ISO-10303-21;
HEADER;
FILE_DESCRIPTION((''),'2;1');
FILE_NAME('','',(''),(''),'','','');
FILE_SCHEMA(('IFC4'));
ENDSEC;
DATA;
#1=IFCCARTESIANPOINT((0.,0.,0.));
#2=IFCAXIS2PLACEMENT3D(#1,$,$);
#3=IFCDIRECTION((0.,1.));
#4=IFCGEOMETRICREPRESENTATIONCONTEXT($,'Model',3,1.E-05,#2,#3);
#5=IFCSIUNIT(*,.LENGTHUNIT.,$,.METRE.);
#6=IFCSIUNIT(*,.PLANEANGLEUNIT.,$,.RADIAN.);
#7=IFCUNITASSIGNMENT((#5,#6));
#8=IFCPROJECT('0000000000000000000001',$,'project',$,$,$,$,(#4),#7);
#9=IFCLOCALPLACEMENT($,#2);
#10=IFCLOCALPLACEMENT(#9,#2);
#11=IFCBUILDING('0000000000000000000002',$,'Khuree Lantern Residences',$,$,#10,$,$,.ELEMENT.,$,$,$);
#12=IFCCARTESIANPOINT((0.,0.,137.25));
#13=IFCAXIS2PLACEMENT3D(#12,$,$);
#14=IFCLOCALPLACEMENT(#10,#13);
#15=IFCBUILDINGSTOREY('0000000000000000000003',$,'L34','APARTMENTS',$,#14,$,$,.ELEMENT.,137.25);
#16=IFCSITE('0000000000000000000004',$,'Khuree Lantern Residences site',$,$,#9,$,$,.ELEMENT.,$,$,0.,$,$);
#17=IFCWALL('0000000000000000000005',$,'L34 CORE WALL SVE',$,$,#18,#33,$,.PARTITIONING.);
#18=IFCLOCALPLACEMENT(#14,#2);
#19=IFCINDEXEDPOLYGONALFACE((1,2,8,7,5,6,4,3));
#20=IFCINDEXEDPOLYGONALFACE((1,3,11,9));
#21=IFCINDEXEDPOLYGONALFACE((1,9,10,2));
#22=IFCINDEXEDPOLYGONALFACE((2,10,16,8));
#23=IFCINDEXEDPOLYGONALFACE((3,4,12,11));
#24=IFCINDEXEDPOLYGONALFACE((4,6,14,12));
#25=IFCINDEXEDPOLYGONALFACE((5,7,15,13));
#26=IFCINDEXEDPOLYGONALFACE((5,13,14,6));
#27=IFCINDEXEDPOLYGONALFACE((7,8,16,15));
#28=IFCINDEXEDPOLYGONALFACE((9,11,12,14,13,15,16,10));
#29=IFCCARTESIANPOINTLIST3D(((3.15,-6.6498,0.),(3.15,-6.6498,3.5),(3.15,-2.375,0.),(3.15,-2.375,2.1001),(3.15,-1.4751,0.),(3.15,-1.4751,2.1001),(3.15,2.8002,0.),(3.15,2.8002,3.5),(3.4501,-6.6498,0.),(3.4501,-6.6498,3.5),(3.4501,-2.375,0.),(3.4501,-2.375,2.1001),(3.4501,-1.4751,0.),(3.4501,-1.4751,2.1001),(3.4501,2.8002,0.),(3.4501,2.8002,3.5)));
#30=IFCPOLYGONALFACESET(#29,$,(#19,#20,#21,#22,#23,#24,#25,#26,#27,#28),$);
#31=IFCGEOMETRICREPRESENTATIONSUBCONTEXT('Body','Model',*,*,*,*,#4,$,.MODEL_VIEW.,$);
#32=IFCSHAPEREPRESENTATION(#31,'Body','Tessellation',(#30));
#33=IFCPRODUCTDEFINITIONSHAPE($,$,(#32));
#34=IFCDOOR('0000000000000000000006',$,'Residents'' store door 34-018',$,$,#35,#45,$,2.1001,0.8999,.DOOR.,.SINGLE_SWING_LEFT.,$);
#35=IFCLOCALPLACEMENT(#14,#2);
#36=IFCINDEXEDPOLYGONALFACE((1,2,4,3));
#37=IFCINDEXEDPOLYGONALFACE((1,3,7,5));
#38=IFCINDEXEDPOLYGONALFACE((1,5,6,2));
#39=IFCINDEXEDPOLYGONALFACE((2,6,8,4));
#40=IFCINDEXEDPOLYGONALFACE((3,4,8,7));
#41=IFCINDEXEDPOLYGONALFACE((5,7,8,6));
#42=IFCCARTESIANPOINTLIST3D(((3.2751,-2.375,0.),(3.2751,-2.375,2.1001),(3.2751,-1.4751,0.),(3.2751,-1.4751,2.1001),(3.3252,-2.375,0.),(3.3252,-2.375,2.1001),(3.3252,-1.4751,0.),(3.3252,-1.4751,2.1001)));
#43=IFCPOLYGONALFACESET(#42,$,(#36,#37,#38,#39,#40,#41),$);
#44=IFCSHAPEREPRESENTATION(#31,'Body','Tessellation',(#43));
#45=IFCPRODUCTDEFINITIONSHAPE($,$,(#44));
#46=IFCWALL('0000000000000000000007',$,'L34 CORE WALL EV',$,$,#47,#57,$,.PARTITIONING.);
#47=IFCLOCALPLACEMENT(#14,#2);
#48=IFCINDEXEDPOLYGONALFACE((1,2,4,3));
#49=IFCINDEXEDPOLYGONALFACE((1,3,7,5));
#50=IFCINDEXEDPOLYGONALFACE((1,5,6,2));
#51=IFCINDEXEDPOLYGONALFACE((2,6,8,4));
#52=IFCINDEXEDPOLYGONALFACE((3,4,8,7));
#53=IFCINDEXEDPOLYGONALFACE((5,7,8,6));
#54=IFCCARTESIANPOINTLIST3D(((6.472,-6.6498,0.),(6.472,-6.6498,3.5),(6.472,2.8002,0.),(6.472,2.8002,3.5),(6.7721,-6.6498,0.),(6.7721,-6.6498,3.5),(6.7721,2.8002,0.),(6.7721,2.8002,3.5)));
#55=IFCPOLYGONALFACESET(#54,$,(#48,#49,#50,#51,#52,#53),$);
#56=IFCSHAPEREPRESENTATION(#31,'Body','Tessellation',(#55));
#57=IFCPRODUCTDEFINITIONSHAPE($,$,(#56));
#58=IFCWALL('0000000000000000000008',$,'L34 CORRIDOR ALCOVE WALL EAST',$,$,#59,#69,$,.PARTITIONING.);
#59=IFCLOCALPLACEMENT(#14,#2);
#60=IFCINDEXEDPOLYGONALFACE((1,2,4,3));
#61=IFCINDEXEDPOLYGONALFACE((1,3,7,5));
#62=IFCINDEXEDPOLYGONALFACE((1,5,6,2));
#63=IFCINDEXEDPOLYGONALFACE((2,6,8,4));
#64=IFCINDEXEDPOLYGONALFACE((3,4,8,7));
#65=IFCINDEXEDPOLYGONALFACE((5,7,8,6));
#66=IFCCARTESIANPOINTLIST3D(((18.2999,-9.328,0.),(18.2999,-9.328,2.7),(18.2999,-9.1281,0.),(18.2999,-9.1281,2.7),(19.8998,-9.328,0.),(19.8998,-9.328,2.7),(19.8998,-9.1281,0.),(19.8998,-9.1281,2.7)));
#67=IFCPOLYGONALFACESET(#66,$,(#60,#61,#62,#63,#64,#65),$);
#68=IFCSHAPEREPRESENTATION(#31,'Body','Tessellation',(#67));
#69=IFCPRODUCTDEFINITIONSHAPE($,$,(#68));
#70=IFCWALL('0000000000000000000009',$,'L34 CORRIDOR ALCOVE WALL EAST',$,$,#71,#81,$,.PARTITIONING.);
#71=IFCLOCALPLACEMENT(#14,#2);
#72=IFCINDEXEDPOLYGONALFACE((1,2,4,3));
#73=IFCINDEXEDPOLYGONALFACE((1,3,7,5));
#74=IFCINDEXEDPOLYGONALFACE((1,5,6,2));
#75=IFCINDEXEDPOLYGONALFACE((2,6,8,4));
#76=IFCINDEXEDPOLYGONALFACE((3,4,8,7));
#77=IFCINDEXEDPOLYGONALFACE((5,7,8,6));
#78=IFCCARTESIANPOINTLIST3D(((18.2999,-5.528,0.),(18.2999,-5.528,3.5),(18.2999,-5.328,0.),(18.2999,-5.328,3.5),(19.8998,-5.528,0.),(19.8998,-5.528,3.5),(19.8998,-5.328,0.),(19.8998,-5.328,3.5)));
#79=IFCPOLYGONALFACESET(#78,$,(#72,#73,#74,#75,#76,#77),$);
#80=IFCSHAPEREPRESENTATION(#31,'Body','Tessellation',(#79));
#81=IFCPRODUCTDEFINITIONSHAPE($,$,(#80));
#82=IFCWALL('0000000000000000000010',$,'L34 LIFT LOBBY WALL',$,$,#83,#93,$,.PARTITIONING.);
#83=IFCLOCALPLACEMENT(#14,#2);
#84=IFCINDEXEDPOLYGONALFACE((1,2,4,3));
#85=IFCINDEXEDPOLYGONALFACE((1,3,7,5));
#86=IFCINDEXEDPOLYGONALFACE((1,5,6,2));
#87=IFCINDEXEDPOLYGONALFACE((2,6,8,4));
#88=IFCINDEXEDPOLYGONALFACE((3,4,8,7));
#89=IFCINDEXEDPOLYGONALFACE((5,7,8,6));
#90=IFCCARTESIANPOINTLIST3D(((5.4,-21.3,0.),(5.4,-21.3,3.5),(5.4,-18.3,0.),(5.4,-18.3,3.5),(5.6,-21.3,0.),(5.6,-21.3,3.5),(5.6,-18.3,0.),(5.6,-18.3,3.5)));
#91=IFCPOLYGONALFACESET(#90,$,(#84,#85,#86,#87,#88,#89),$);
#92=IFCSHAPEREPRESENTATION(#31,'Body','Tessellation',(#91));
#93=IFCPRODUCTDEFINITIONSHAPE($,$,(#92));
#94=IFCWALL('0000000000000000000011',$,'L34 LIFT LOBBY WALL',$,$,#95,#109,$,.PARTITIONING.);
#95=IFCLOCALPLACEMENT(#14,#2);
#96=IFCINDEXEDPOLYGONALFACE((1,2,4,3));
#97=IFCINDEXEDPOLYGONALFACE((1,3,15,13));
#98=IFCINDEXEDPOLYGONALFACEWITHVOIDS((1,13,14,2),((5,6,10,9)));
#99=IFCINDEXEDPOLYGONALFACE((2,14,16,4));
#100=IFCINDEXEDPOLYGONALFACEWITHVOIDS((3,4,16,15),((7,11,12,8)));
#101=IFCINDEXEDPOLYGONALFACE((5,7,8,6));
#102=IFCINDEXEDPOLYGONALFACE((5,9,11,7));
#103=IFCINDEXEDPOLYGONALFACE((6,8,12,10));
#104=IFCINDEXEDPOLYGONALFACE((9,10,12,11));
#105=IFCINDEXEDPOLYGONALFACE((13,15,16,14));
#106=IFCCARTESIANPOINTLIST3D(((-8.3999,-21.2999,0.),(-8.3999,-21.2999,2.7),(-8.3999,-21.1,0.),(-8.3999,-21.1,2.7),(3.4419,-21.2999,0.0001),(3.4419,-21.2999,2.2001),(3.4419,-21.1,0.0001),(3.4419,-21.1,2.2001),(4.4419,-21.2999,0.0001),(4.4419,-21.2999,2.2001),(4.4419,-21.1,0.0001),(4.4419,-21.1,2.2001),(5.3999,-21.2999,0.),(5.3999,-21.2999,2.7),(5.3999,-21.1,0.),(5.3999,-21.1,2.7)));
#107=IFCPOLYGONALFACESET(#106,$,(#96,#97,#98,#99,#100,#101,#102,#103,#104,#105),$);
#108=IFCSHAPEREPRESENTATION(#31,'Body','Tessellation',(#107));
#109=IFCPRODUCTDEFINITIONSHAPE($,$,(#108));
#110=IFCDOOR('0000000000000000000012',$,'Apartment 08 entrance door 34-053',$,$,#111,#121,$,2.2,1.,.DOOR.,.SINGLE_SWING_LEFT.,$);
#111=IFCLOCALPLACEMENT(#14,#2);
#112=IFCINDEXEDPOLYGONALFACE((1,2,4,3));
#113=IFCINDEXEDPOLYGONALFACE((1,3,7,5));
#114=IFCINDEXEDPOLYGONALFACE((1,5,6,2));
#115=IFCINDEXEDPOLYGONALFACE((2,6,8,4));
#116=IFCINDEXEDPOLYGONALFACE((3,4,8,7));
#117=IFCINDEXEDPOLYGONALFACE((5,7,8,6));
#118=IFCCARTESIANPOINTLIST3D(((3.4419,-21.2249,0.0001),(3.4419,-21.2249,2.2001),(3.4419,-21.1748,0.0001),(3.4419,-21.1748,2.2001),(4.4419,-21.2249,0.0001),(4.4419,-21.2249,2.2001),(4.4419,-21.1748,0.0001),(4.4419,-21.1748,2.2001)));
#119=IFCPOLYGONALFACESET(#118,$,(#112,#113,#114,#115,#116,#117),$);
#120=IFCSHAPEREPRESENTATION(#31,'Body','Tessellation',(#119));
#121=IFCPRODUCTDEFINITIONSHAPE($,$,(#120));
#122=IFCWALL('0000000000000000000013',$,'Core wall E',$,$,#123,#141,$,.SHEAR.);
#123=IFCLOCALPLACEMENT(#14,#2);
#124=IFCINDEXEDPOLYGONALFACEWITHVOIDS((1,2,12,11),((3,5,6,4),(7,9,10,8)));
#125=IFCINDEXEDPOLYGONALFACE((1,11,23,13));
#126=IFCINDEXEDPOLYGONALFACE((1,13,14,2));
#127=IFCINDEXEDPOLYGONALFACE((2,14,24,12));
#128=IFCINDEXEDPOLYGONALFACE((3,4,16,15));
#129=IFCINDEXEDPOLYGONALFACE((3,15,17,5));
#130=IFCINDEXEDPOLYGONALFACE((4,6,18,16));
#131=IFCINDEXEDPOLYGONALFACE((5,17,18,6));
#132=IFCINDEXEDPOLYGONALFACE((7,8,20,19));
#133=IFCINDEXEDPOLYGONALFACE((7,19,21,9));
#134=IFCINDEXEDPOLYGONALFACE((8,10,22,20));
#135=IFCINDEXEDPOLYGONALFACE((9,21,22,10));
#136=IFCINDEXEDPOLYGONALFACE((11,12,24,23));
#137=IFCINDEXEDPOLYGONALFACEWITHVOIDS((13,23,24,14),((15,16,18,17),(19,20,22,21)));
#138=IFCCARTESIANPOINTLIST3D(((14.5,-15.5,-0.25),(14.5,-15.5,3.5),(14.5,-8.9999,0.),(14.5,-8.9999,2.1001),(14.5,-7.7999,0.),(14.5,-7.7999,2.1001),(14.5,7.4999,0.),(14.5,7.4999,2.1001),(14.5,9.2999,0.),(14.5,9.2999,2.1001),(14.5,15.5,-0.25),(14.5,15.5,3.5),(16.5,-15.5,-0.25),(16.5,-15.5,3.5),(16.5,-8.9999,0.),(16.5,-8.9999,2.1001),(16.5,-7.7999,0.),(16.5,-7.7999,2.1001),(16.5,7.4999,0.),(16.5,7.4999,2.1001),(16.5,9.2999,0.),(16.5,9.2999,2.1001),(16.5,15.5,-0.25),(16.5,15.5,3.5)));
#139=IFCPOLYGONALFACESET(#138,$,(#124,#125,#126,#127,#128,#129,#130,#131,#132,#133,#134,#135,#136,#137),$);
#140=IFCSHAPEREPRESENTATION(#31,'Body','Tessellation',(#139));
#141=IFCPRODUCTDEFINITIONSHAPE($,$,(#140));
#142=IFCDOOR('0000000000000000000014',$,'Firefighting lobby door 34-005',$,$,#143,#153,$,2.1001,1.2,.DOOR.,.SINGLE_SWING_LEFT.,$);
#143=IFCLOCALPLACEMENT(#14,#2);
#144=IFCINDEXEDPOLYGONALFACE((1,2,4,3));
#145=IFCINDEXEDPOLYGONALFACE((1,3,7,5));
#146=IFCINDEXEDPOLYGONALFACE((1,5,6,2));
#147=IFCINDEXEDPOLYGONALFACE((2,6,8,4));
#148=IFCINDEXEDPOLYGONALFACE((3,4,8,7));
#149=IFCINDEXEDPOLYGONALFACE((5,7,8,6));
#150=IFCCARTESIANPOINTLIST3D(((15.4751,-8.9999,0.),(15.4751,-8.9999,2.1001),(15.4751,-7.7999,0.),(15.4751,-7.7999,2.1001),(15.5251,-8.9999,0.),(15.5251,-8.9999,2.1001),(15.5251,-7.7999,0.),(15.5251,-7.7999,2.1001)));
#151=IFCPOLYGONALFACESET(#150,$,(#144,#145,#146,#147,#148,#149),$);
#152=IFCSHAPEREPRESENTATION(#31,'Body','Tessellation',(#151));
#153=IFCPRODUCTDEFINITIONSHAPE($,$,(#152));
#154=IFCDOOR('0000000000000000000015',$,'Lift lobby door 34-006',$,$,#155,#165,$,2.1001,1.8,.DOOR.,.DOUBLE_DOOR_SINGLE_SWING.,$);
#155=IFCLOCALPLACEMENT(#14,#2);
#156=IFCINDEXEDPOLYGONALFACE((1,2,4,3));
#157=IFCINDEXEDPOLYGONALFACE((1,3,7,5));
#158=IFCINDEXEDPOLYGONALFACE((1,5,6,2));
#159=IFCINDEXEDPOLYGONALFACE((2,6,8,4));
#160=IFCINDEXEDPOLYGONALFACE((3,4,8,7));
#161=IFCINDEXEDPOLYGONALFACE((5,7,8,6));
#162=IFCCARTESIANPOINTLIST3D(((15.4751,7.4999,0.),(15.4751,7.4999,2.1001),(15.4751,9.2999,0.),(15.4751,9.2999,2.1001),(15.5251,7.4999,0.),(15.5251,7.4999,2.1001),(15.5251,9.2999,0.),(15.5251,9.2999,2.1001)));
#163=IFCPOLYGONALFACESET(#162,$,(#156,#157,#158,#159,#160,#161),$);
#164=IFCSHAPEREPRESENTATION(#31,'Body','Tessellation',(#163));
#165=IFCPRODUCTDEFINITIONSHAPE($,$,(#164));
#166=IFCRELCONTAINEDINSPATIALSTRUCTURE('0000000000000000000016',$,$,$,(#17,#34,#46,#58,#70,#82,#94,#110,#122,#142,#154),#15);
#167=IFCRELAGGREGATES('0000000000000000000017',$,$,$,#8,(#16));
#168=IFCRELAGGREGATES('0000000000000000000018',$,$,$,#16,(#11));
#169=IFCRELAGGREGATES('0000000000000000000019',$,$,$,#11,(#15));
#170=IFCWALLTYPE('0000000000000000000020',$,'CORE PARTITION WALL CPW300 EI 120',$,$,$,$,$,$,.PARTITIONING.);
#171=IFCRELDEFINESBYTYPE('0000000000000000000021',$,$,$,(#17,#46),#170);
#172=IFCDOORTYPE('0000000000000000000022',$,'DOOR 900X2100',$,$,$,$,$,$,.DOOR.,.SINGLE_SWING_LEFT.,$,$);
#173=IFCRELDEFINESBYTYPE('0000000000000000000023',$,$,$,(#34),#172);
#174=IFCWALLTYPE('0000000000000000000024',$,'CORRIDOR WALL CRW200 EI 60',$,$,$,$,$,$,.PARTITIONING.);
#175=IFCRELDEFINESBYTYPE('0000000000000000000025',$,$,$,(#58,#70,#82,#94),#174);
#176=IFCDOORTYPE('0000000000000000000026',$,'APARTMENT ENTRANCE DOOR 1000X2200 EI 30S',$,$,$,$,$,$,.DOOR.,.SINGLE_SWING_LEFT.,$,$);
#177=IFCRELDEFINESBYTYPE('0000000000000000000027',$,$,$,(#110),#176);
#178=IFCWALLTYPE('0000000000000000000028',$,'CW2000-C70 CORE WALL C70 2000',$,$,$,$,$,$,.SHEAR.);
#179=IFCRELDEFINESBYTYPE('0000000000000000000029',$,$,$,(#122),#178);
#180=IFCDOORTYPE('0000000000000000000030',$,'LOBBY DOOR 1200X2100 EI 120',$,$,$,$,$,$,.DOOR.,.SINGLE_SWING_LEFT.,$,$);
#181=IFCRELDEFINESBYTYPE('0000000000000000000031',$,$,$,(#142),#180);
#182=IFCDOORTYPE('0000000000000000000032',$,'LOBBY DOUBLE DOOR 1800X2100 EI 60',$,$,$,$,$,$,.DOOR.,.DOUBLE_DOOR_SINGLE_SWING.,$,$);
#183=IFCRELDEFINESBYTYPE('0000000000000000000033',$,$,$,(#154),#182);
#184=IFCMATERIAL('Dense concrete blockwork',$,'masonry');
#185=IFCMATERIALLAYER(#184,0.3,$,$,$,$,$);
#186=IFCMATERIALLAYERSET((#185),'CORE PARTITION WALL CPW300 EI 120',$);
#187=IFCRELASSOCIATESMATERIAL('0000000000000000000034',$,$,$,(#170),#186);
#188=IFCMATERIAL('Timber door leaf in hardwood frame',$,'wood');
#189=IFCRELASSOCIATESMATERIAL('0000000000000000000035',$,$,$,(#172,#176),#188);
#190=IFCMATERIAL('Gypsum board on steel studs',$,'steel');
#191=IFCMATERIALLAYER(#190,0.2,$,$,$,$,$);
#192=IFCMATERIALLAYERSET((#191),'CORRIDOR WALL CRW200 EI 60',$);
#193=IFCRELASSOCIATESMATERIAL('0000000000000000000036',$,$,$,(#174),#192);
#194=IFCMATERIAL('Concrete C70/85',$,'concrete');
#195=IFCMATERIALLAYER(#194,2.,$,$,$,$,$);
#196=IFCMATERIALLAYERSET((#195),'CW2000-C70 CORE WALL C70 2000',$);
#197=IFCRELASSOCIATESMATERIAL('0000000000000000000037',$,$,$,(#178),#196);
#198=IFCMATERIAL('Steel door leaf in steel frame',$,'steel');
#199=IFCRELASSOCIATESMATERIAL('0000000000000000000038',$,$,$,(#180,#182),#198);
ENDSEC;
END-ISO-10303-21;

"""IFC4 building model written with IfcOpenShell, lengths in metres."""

from ifc_helpers import new_model, si_unit, direction, frame, frame_2d, origin, place, context, subcontext, project, spatial, rectangle, extrude, material, layer, layer_set, type_object, element, fill, save


model = new_model("IFC4")

# Units and contexts
model_context = context("Model", 3, precision=1e-05, world=origin(), true_north=direction((0.0, 1.0)))
body_context = subcontext(model_context, "Body", "Model", "MODEL_VIEW")
ifc_project = project(units=[si_unit("LENGTHUNIT", "METRE"), si_unit("PLANEANGLEUNIT", "RADIAN")], contexts=[model_context])

# Site, building, storey
site_placement = place(None, origin())
site = spatial("IfcSite", under=ifc_project, at=site_placement, Name="Khuree Lantern Residences site", CompositionType="ELEMENT", RefElevation=0.0)
building_placement = place(site_placement, origin())
building = spatial("IfcBuilding", under=site, at=building_placement, Name="Khuree Lantern Residences", CompositionType="ELEMENT")
storey_placement = place(building_placement, frame((0.0, 0.0, 137.25)))
storey = spatial("IfcBuildingStorey", under=building, at=storey_placement, Name="L34", Description="APARTMENTS", CompositionType="ELEMENT", Elevation=137.25)

# Shared definitions
ifc_material_1 = material(Name="Concrete C70/85", Category="concrete")

# Shared definitions
ifc_material_2 = material(Name="Timber door leaf in hardwood frame", Category="wood")

# Shared definitions
ifc_material_3 = material(Name="Dense concrete blockwork", Category="masonry")
ifc_layer_1 = layer(ifc_material_3, 0.3)
ifc_layer_set_1 = layer_set([ifc_layer_1], Name="CORE PARTITION WALL CPW300 EI 120")
wall_type_1 = type_object("IfcWallType", Name="CORE PARTITION WALL CPW300 EI 120", PredefinedType="PARTITIONING", material=ifc_layer_set_1)

# Wall, opening, door
wall_1_placement = place(storey_placement, frame((3.3, -6.6499, 0.0), z_axis=(0.0, 0.0, 1.0), x_axis=(0.0, 1.0, 0.0)))
wall_1 = element("IfcWall", 1, at=wall_1_placement, inside=storey, type_object=wall_type_1, Name="L34 CORE WALL SVE", PredefinedType="PARTITIONING", context=body_context, shape_type="SweptSolid", body=[
    extrude(rectangle(XDim=9.45, YDim=0.3, at=frame_2d((4.7251, 0.0))), origin(), (0.0, 0.0, 1.0), 3.5),
])
opening_1_placement = place(wall_1_placement, frame((4.2749, 0.0, 0.0)))
opening_1 = element("IfcOpeningElement", 2, at=opening_1_placement, cuts=wall_1, PredefinedType="OPENING", context=body_context, shape_type="SweptSolid", body=[
    extrude(rectangle(XDim=0.8999, YDim=2.1001, at=frame_2d((0.45, 1.05))), frame((0.0, 0.1602, 0.0), z_axis=(0.0, -1.0, 0.0), x_axis=(1.0, 0.0, 0.0)), (0.0, 0.0, 1.0), 0.3201),
])
door_type_1 = type_object("IfcDoorType", Name="DOOR 900X2100", OperationType="SINGLE_SWING_LEFT", PredefinedType="DOOR", material=ifc_material_2)
door_1_placement = place(opening_1_placement, origin())
door_1 = element("IfcDoor", 3, at=door_1_placement, inside=storey, type_object=door_type_1, Name="Residents' store door 34-018", OperationType="SINGLE_SWING_LEFT", OverallHeight=2.1001, OverallWidth=0.8999, PredefinedType="DOOR", context=body_context, shape_type="SweptSolid", body=[
    extrude(rectangle(XDim=0.8999, YDim=2.1001, at=frame_2d((0.45, 1.05))), frame((0.0, 0.0249, 0.0), z_axis=(0.0, -1.0, 0.0), x_axis=(1.0, 0.0, 0.0)), (0.0, 0.0, 1.0), 0.05),
])
fill(opening_1, door_1)

# Walls
wall_2_placement = place(storey_placement, frame((6.6221, -6.6499, 0.0), z_axis=(0.0, 0.0, 1.0), x_axis=(0.0, 1.0, 0.0)))
element("IfcWall", 4, at=wall_2_placement, inside=storey, type_object=wall_type_1, Name="L34 CORE WALL EV", PredefinedType="PARTITIONING", context=body_context, shape_type="SweptSolid", body=[
    extrude(rectangle(XDim=9.45, YDim=0.3, at=frame_2d((4.7251, 0.0))), origin(), (0.0, 0.0, 1.0), 3.5),
])
ifc_material_4 = material(Name="Gypsum board on steel studs", Category="steel")
ifc_layer_2 = layer(ifc_material_4, 0.2)
ifc_layer_set_2 = layer_set([ifc_layer_2], Name="CORRIDOR WALL CRW200 EI 60")
wall_type_2 = type_object("IfcWallType", Name="CORRIDOR WALL CRW200 EI 60", PredefinedType="PARTITIONING", material=ifc_layer_set_2)
wall_3_placement = place(storey_placement, frame((18.3, -9.228, 0.0), z_axis=(0.0, 0.0, 1.0), x_axis=(1.0, 0.0, 0.0)))
element("IfcWall", 5, at=wall_3_placement, inside=storey, type_object=wall_type_2, Name="L34 CORRIDOR ALCOVE WALL EAST", PredefinedType="PARTITIONING", context=body_context, shape_type="SweptSolid", body=[
    extrude(rectangle(XDim=1.5999, YDim=0.2, at=frame_2d((0.7998, 0.0))), origin(), (0.0, 0.0, 1.0), 2.7),
])
wall_4_placement = place(storey_placement, frame((18.3, -5.428, 0.0), z_axis=(0.0, 0.0, 1.0), x_axis=(1.0, 0.0, 0.0)))
element("IfcWall", 6, at=wall_4_placement, inside=storey, type_object=wall_type_2, Name="L34 CORRIDOR ALCOVE WALL EAST", PredefinedType="PARTITIONING", context=body_context, shape_type="SweptSolid", body=[
    extrude(rectangle(XDim=1.5999, YDim=0.2, at=frame_2d((0.7998, 0.0))), origin(), (0.0, 0.0, 1.0), 3.5),
])
wall_5_placement = place(storey_placement, frame((5.5, -18.3, 0.0), z_axis=(0.0, 0.0, 1.0), x_axis=(0.0, -1.0, 0.0)))
element("IfcWall", 7, at=wall_5_placement, inside=storey, type_object=wall_type_2, Name="L34 LIFT LOBBY WALL", PredefinedType="PARTITIONING", context=body_context, shape_type="SweptSolid", body=[
    extrude(rectangle(XDim=3.0, YDim=0.2, at=frame_2d((1.5, 0.0))), origin(), (0.0, 0.0, 1.0), 3.5),
])

# Wall, opening, door
wall_6_placement = place(storey_placement, frame((5.3999, -21.2, 0.0), z_axis=(0.0, 0.0, 1.0), x_axis=(-1.0, 0.0, 0.0)))
wall_6 = element("IfcWall", 8, at=wall_6_placement, inside=storey, type_object=wall_type_2, Name="L34 LIFT LOBBY WALL", PredefinedType="PARTITIONING", context=body_context, shape_type="SweptSolid", body=[
    extrude(rectangle(XDim=13.7998, YDim=0.2, at=frame_2d((6.8999, 0.0))), origin(), (0.0, 0.0, 1.0), 2.7),
])
opening_2_placement = place(wall_6_placement, frame((0.958, 0.0, 0.0)))
opening_2 = element("IfcOpeningElement", 9, at=opening_2_placement, cuts=wall_6, PredefinedType="OPENING", context=body_context, shape_type="SweptSolid", body=[
    extrude(rectangle(XDim=1.0, YDim=2.2, at=frame_2d((0.5, 1.1001))), frame((0.0, 0.1099, 0.0), z_axis=(0.0, -1.0, 0.0), x_axis=(1.0, 0.0, 0.0)), (0.0, 0.0, 1.0), 0.22),
])
door_type_2 = type_object("IfcDoorType", Name="APARTMENT ENTRANCE DOOR 1000X2200 EI 30S", OperationType="SINGLE_SWING_LEFT", PredefinedType="DOOR", material=ifc_material_2)
door_2_placement = place(opening_2_placement, origin())
door_2 = element("IfcDoor", 10, at=door_2_placement, inside=storey, type_object=door_type_2, Name="Apartment 08 entrance door 34-053", OperationType="SINGLE_SWING_LEFT", OverallHeight=2.2, OverallWidth=1.0, PredefinedType="DOOR", context=body_context, shape_type="SweptSolid", body=[
    extrude(rectangle(XDim=1.0, YDim=2.2, at=frame_2d((0.5, 1.1001))), frame((0.0, 0.0249, 0.0), z_axis=(0.0, -1.0, 0.0), x_axis=(1.0, 0.0, 0.0)), (0.0, 0.0, 1.0), 0.05),
])
fill(opening_2, door_2)

# Wall, openings, doors
ifc_layer_3 = layer(ifc_material_1, 2.0)
ifc_layer_set_3 = layer_set([ifc_layer_3], Name="CW2000-C70 CORE WALL C70 2000")
wall_type_3 = type_object("IfcWallType", Name="CW2000-C70 CORE WALL C70 2000", PredefinedType="SHEAR", material=ifc_layer_set_3)
wall_7_placement = place(storey_placement, frame((15.5, -15.5, -0.25), z_axis=(0.0, 0.0, 1.0), x_axis=(0.0, 1.0, 0.0)))
wall_7 = element("IfcWall", 11, at=wall_7_placement, inside=storey, type_object=wall_type_3, Name="Core wall E", PredefinedType="SHEAR", context=body_context, shape_type="SweptSolid", body=[
    extrude(rectangle(XDim=31.0, YDim=2.0, at=frame_2d((15.5, 0.0))), origin(), (0.0, 0.0, 1.0), 3.75),
])
opening_3_placement = place(wall_7_placement, frame((6.5, 0.0, 0.25)))
opening_3 = element("IfcOpeningElement", 12, at=opening_3_placement, cuts=wall_7, PredefinedType="OPENING", context=body_context, shape_type="SweptSolid", body=[
    extrude(rectangle(XDim=1.2, YDim=2.1001, at=frame_2d((0.6001, 1.05))), frame((0.0, 1.01, 0.0), z_axis=(0.0, -1.0, 0.0), x_axis=(1.0, 0.0, 0.0)), (0.0, 0.0, 1.0), 2.02),
])
opening_4_placement = place(wall_7_placement, frame((23.0, 0.0, 0.25)))
opening_4 = element("IfcOpeningElement", 13, at=opening_4_placement, cuts=wall_7, PredefinedType="OPENING", context=body_context, shape_type="SweptSolid", body=[
    extrude(rectangle(XDim=1.8, YDim=2.1001, at=frame_2d((0.8999, 1.05))), frame((0.0, 1.01, 0.0), z_axis=(0.0, -1.0, 0.0), x_axis=(1.0, 0.0, 0.0)), (0.0, 0.0, 1.0), 2.02),
])
ifc_material_5 = material(Name="Steel door leaf in steel frame", Category="steel")
door_type_3 = type_object("IfcDoorType", Name="LOBBY DOOR 1200X2100 EI 120", OperationType="SINGLE_SWING_LEFT", PredefinedType="DOOR", material=ifc_material_5)
door_3_placement = place(opening_3_placement, origin())
door_3 = element("IfcDoor", 14, at=door_3_placement, inside=storey, type_object=door_type_3, Name="Firefighting lobby door 34-005", OperationType="SINGLE_SWING_LEFT", OverallHeight=2.1001, OverallWidth=1.2, PredefinedType="DOOR", context=body_context, shape_type="SweptSolid", body=[
    extrude(rectangle(XDim=1.2, YDim=2.1001, at=frame_2d((0.6001, 1.05))), frame((0.0, 0.0249, 0.0), z_axis=(0.0, -1.0, 0.0), x_axis=(1.0, 0.0, 0.0)), (0.0, 0.0, 1.0), 0.05),
])
fill(opening_3, door_3)
door_type_4 = type_object("IfcDoorType", Name="LOBBY DOUBLE DOOR 1800X2100 EI 60", OperationType="DOUBLE_DOOR_SINGLE_SWING", PredefinedType="DOOR", material=ifc_material_5)
door_4_placement = place(opening_4_placement, origin())
door_4 = element("IfcDoor", 15, at=door_4_placement, inside=storey, type_object=door_type_4, Name="Lift lobby door 34-006", OperationType="DOUBLE_DOOR_SINGLE_SWING", OverallHeight=2.1001, OverallWidth=1.8, PredefinedType="DOOR", context=body_context, shape_type="SweptSolid", body=[
    extrude(rectangle(XDim=1.8, YDim=2.1001, at=frame_2d((0.8999, 1.05))), frame((0.0, 0.0249, 0.0), z_axis=(0.0, -1.0, 0.0), x_axis=(1.0, 0.0, 0.0)), (0.0, 0.0, 1.0), 0.05),
])
fill(opening_4, door_4)

save(model, "model.ifc")
